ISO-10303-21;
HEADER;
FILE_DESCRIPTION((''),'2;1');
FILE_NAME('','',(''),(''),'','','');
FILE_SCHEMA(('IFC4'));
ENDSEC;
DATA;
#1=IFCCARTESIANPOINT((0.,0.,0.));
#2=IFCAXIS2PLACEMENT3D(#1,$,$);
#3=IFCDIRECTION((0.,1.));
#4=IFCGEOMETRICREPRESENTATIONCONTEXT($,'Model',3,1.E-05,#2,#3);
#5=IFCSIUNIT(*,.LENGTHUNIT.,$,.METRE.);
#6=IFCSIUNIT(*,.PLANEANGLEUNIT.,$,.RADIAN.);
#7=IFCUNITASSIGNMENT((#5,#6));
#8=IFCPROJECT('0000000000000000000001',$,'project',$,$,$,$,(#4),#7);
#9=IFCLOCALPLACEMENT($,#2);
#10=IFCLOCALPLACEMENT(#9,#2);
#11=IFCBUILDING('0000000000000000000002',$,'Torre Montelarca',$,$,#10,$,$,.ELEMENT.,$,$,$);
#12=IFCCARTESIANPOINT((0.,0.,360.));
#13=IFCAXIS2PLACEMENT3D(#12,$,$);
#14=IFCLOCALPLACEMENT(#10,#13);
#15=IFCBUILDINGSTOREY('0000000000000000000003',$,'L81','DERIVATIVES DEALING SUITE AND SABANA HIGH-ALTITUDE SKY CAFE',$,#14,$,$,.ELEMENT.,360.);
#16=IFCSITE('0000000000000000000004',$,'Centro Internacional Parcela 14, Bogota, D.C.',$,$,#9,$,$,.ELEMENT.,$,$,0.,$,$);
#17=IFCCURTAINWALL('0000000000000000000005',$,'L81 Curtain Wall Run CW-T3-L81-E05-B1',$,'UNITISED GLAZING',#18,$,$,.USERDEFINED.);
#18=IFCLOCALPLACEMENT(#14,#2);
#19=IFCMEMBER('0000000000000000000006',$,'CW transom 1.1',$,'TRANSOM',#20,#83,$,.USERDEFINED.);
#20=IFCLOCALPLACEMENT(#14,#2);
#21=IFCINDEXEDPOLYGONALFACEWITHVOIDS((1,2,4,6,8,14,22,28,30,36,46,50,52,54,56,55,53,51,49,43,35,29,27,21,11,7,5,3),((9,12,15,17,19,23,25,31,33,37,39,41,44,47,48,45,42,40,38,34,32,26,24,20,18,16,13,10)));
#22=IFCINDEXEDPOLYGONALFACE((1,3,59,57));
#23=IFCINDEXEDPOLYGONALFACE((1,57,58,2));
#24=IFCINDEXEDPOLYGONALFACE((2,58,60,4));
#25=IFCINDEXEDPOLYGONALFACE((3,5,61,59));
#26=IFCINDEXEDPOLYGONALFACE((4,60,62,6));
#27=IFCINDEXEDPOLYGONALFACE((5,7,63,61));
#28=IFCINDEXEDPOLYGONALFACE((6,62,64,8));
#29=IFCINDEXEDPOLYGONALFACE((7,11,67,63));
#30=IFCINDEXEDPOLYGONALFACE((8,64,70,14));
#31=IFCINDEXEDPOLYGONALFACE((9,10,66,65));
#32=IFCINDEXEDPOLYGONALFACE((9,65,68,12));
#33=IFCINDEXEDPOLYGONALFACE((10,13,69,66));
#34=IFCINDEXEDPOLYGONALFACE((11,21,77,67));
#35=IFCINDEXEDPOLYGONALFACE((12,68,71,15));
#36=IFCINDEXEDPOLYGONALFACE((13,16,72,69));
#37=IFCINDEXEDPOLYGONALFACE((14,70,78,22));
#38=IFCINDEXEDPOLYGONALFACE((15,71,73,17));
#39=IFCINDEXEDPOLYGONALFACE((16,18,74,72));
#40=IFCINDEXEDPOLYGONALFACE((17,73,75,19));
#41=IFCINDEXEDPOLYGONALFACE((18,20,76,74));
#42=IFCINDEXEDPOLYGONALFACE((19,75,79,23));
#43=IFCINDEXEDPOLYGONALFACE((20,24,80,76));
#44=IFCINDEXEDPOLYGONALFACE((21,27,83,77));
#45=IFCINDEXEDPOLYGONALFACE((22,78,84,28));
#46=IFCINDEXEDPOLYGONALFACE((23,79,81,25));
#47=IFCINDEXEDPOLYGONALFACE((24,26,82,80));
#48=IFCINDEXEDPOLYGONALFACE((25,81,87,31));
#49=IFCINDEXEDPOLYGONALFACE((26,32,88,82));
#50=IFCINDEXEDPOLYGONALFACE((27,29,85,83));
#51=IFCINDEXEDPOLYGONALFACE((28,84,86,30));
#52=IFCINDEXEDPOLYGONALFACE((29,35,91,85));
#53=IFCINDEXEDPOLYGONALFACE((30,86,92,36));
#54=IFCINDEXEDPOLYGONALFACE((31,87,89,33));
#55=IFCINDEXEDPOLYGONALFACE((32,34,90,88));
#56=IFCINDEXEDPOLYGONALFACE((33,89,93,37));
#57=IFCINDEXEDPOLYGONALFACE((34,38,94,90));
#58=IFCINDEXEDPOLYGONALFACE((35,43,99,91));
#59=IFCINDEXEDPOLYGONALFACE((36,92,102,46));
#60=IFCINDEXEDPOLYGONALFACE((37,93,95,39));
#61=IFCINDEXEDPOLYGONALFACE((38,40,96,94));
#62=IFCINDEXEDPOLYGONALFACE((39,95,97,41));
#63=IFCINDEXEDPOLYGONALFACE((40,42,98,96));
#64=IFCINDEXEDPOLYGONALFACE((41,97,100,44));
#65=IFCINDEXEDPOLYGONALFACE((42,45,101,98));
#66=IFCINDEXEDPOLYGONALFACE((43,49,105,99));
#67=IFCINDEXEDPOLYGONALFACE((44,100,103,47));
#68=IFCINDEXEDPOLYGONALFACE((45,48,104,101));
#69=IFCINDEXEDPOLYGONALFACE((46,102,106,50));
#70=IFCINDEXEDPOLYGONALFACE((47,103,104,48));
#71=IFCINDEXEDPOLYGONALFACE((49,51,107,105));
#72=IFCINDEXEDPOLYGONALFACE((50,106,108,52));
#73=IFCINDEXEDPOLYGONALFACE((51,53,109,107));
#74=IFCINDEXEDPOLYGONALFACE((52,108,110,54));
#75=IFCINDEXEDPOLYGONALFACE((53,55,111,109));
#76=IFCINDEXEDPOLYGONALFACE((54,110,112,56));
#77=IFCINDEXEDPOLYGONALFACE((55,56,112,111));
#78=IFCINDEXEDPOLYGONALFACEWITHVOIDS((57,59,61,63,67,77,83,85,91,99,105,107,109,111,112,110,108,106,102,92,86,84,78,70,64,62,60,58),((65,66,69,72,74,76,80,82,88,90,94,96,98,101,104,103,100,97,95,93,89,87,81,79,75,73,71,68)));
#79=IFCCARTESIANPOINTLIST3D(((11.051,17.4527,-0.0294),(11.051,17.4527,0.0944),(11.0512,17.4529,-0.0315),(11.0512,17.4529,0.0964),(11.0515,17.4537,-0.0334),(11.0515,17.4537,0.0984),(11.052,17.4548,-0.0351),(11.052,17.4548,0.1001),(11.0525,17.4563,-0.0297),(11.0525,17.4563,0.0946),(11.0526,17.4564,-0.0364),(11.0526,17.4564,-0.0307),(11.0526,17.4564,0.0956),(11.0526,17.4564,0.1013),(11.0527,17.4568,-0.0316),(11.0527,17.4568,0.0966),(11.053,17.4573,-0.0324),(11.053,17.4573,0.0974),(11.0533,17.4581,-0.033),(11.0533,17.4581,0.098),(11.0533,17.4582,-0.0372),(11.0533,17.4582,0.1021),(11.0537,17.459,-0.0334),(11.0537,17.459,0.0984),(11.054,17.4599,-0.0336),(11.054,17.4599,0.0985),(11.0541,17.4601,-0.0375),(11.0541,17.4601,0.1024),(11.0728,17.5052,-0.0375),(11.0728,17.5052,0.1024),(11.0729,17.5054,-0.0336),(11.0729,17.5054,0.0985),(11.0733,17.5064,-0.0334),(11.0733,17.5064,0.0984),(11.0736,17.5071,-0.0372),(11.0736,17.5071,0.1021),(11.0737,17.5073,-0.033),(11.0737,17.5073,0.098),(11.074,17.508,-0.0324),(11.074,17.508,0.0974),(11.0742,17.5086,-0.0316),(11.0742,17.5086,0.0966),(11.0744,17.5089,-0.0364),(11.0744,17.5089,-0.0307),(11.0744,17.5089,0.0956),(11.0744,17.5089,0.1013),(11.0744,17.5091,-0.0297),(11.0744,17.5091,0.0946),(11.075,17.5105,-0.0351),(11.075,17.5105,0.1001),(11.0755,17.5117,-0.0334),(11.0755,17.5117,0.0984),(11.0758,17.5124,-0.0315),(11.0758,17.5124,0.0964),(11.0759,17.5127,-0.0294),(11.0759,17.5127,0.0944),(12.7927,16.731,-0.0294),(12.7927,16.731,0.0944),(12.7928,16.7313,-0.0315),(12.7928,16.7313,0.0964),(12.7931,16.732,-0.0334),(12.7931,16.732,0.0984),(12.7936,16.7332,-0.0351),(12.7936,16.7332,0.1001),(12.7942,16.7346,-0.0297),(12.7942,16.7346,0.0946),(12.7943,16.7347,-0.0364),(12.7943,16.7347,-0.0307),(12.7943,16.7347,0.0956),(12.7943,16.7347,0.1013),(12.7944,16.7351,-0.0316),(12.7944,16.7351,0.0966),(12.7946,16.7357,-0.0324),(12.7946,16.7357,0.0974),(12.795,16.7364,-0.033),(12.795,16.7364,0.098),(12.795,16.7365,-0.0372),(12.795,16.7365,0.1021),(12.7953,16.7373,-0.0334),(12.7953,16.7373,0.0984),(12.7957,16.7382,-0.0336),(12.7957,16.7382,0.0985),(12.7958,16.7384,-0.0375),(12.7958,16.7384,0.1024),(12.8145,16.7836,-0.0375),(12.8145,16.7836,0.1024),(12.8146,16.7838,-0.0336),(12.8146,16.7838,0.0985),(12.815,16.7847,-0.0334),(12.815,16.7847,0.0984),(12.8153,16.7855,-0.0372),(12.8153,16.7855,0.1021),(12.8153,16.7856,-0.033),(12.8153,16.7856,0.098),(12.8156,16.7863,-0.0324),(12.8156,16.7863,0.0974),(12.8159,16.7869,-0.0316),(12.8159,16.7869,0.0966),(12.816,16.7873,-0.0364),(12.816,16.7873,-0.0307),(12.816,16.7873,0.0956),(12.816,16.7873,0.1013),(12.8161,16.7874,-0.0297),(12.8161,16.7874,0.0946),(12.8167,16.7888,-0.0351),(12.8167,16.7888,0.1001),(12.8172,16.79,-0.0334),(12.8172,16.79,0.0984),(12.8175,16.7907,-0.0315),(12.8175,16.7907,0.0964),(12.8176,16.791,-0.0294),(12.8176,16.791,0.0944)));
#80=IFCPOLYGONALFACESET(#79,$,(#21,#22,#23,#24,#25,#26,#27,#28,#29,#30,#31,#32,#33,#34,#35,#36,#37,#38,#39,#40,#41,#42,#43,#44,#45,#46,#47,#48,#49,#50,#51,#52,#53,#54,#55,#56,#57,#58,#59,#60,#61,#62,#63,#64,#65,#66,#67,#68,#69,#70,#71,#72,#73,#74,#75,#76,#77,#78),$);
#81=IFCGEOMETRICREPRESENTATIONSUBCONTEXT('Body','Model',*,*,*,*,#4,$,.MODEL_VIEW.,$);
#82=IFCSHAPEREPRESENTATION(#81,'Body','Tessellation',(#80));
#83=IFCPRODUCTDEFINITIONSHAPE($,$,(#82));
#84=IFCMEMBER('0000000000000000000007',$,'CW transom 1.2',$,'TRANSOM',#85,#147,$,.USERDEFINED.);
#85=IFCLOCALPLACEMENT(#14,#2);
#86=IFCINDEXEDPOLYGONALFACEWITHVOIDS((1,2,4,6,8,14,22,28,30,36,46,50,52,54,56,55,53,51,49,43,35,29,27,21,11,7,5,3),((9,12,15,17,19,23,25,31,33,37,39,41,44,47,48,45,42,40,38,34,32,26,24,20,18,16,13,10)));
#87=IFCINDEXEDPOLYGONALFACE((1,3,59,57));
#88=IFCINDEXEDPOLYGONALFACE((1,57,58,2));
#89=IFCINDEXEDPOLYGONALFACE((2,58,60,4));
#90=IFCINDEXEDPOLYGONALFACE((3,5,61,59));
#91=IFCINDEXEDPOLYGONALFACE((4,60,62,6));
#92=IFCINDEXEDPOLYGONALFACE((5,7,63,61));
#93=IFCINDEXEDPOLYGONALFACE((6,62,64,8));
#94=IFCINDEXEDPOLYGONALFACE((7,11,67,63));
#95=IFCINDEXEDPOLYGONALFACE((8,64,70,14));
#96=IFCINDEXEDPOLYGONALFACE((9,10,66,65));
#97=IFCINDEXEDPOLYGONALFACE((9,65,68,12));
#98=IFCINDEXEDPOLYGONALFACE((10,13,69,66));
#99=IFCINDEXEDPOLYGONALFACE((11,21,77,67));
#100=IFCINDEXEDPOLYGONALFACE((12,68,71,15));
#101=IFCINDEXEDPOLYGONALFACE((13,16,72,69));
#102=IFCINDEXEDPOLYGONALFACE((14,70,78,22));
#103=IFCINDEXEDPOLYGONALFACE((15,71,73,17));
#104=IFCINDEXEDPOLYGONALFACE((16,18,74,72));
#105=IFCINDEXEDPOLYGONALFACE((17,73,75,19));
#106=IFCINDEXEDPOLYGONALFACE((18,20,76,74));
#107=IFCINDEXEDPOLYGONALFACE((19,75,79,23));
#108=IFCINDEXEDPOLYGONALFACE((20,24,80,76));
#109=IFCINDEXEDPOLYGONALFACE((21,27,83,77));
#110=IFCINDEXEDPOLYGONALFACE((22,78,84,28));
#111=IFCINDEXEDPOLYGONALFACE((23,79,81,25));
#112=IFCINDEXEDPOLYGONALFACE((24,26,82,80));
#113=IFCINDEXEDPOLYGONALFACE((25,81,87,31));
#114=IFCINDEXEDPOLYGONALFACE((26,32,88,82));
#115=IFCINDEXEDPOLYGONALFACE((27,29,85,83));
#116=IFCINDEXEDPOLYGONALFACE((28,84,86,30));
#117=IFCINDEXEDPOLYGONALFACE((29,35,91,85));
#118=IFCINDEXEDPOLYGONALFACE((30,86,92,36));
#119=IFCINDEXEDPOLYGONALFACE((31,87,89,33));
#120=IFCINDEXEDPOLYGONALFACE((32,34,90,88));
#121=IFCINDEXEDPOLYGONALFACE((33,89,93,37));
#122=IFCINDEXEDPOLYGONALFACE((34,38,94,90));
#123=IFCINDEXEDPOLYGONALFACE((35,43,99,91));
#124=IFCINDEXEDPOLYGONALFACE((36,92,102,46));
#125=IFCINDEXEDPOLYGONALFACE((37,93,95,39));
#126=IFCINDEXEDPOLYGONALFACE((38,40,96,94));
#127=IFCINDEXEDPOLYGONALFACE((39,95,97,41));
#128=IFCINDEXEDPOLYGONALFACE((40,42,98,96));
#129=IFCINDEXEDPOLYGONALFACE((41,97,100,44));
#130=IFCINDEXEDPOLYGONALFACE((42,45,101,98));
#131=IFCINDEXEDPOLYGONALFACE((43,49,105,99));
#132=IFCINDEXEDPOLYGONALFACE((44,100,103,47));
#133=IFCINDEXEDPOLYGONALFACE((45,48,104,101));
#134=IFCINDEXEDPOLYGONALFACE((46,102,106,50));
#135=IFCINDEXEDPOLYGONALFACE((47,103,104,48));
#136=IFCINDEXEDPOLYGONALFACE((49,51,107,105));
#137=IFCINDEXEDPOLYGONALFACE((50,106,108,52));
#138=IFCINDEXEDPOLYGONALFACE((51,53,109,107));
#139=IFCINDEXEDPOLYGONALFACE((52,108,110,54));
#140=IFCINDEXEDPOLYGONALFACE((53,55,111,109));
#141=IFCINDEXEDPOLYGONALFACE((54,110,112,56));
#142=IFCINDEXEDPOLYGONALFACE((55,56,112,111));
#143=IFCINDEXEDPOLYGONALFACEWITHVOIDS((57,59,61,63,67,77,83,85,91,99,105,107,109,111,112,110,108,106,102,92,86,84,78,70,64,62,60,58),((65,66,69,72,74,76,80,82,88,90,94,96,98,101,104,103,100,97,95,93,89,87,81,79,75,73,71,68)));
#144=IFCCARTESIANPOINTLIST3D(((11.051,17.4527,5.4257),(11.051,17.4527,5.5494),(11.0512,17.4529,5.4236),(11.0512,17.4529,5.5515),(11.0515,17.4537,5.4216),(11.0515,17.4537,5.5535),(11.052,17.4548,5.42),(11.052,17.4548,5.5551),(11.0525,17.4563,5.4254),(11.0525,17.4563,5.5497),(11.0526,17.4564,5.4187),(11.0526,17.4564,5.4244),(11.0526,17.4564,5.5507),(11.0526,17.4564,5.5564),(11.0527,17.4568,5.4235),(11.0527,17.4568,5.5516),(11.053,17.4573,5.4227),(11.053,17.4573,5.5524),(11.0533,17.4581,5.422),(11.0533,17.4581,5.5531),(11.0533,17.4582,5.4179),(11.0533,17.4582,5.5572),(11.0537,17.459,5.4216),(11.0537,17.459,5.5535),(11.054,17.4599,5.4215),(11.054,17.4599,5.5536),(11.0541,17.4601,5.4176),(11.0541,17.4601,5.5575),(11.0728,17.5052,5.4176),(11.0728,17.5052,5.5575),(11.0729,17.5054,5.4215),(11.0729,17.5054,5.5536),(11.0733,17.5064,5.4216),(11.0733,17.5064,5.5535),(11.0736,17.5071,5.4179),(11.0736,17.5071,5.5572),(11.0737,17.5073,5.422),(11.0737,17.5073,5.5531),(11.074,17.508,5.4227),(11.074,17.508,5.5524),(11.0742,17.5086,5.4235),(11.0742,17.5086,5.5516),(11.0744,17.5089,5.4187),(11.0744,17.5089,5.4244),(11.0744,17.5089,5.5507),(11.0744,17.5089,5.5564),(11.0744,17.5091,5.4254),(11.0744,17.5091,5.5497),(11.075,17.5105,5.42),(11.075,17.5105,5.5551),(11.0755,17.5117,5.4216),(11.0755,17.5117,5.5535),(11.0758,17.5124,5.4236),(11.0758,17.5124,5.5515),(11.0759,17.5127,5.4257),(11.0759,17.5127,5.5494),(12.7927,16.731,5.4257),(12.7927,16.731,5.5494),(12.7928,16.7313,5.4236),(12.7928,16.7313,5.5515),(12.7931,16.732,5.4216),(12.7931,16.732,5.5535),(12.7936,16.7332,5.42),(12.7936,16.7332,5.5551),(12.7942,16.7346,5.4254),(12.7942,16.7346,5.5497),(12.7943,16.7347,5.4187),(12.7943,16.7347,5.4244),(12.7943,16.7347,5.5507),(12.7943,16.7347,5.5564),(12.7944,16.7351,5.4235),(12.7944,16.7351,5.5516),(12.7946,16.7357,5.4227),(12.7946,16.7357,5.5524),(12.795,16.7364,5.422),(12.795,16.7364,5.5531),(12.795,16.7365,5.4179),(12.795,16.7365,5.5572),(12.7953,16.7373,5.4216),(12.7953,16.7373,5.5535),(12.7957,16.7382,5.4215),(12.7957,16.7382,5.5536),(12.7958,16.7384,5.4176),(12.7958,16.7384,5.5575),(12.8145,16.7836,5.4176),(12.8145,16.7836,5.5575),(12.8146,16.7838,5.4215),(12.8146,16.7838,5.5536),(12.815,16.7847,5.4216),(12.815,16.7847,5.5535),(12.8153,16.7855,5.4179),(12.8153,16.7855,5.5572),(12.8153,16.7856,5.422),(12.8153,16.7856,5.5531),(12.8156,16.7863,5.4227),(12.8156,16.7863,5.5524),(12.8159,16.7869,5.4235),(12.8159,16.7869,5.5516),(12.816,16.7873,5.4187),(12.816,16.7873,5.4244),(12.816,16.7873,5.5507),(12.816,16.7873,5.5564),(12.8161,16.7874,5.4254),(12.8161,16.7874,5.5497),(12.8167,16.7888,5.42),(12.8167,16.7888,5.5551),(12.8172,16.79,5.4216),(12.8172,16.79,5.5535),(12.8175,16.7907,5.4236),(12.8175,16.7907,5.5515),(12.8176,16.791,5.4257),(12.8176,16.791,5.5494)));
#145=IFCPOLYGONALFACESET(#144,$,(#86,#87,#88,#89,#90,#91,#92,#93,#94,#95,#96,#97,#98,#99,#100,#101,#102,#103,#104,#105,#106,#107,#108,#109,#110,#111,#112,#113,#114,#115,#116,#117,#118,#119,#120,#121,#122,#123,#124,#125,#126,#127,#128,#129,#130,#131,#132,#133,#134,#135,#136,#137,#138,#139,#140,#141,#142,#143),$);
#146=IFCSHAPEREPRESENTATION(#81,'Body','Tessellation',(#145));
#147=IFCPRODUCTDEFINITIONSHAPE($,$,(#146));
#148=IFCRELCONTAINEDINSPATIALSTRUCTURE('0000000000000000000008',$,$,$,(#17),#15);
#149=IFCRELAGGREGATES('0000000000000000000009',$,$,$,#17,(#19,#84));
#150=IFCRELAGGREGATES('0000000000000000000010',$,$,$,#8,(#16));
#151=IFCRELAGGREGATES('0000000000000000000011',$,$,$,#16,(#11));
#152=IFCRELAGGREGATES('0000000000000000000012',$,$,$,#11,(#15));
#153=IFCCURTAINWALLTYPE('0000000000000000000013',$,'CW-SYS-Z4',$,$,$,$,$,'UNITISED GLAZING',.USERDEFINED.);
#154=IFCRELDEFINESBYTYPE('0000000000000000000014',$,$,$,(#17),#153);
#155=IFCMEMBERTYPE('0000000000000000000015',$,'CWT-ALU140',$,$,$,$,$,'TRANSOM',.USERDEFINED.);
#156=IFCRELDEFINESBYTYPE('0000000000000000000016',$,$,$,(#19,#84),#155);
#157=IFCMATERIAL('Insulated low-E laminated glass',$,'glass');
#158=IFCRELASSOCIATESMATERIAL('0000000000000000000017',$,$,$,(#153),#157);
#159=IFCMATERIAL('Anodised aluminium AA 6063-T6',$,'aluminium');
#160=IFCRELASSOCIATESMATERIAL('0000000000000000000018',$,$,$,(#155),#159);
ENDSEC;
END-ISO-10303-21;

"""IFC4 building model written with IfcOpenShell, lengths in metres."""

from ifc_helpers import new_model, si_unit, direction, frame, origin, origin_2d, place, context, subcontext, project, spatial, hollow_rectangle, extrude, source, transform, mapped, material, material_profile, profile_set, type_object, element, aggregate, save


model = new_model("IFC4")

# Units and contexts
model_context = context("Model", 3, precision=1e-05, world=origin(), true_north=direction((0.0, 1.0)))
body_context = subcontext(model_context, "Body", "Model", "MODEL_VIEW")
ifc_project = project(units=[si_unit("LENGTHUNIT", "METRE"), si_unit("PLANEANGLEUNIT", "RADIAN")], contexts=[model_context])

# Site, building, storey
site_placement = place(None, origin())
site = spatial("IfcSite", under=ifc_project, at=site_placement, Name="Centro Internacional Parcela 14, Bogota, D.C.", CompositionType="ELEMENT", RefElevation=0.0)
building_placement = place(site_placement, origin())
building = spatial("IfcBuilding", under=site, at=building_placement, Name="Torre Montelarca", CompositionType="ELEMENT")
storey_placement = place(building_placement, frame((0.0, 0.0, 360.0)))
storey = spatial("IfcBuildingStorey", under=building, at=storey_placement, Name="L81", Description="DERIVATIVES DEALING SUITE AND SABANA HIGH-ALTITUDE SKY CAFE", CompositionType="ELEMENT", Elevation=360.0)

# Curtain wall
ifc_material_1 = material(Name="Insulated low-E laminated glass", Category="glass")
curtain_wall_type = type_object("IfcCurtainWallType", Name="CW-SYS-Z4", ElementType="UNITISED GLAZING", PredefinedType="USERDEFINED", material=ifc_material_1)
curtain_wall_1_placement = place(storey_placement, origin())
curtain_wall_1 = element("IfcCurtainWall", 1, at=curtain_wall_1_placement, inside=storey, type_object=curtain_wall_type, Name="L81 Curtain Wall Run CW-T3-L81-E05-B1", ObjectType="UNITISED GLAZING", PredefinedType="USERDEFINED")
ifc_material_2 = material(Name="Anodised aluminium AA 6063-T6", Category="aluminium")

# Members
ifc_material_profile_1 = material_profile(ifc_material_2, hollow_rectangle(XDim=0.0649, YDim=0.1399, WallThickness=0.0039, InnerFilletRadius=0.0039, OuterFilletRadius=0.0081, at=origin_2d()), Name="ALU65X140X4", Category="aluminium")
ifc_profile_set_1 = profile_set([ifc_material_profile_1], Name="Anodised aluminium AA 6063-T6")
member_type_1 = type_object("IfcMemberType", Name="CWT-ALU140", ElementType="TRANSOM", PredefinedType="USERDEFINED", material=ifc_profile_set_1)
shared_shape_1 = source(origin(), body_context, "Body", "SweptSolid", [
    extrude(hollow_rectangle(XDim=0.0649, YDim=0.1399, WallThickness=0.0039, InnerFilletRadius=0.0039, OuterFilletRadius=0.0081, at=origin_2d()), origin(), (0.0, 0.0, 1.0), 1.8853),
])
member_1_placement = place(storey_placement, frame((11.0635, 17.4827, 0.0325), z_axis=(0.923834, -0.382794, 0.0), x_axis=(0.382794, 0.923834, 0.0)))
member_1 = element("IfcMember", 2, at=member_1_placement, type_object=member_type_1, Name="CW transom 1.1", ObjectType="TRANSOM", PredefinedType="USERDEFINED", context=body_context, shape_type="MappedRepresentation", body=[
    mapped(shared_shape_1, transform((0.0, 0.0, 0.0), scale=1.0)),
])
member_2_placement = place(storey_placement, frame((11.0635, 17.4827, 5.4875), z_axis=(0.923834, -0.382794, 0.0), x_axis=(0.382794, 0.923834, 0.0)))
member_2 = element("IfcMember", 3, at=member_2_placement, type_object=member_type_1, Name="CW transom 1.2", ObjectType="TRANSOM", PredefinedType="USERDEFINED", context=body_context, shape_type="MappedRepresentation", body=[
    mapped(shared_shape_1, transform((0.0, 0.0, 0.0), scale=1.0)),
])

aggregate(curtain_wall_1, [member_1, member_2])

save(model, "model.ifc")
